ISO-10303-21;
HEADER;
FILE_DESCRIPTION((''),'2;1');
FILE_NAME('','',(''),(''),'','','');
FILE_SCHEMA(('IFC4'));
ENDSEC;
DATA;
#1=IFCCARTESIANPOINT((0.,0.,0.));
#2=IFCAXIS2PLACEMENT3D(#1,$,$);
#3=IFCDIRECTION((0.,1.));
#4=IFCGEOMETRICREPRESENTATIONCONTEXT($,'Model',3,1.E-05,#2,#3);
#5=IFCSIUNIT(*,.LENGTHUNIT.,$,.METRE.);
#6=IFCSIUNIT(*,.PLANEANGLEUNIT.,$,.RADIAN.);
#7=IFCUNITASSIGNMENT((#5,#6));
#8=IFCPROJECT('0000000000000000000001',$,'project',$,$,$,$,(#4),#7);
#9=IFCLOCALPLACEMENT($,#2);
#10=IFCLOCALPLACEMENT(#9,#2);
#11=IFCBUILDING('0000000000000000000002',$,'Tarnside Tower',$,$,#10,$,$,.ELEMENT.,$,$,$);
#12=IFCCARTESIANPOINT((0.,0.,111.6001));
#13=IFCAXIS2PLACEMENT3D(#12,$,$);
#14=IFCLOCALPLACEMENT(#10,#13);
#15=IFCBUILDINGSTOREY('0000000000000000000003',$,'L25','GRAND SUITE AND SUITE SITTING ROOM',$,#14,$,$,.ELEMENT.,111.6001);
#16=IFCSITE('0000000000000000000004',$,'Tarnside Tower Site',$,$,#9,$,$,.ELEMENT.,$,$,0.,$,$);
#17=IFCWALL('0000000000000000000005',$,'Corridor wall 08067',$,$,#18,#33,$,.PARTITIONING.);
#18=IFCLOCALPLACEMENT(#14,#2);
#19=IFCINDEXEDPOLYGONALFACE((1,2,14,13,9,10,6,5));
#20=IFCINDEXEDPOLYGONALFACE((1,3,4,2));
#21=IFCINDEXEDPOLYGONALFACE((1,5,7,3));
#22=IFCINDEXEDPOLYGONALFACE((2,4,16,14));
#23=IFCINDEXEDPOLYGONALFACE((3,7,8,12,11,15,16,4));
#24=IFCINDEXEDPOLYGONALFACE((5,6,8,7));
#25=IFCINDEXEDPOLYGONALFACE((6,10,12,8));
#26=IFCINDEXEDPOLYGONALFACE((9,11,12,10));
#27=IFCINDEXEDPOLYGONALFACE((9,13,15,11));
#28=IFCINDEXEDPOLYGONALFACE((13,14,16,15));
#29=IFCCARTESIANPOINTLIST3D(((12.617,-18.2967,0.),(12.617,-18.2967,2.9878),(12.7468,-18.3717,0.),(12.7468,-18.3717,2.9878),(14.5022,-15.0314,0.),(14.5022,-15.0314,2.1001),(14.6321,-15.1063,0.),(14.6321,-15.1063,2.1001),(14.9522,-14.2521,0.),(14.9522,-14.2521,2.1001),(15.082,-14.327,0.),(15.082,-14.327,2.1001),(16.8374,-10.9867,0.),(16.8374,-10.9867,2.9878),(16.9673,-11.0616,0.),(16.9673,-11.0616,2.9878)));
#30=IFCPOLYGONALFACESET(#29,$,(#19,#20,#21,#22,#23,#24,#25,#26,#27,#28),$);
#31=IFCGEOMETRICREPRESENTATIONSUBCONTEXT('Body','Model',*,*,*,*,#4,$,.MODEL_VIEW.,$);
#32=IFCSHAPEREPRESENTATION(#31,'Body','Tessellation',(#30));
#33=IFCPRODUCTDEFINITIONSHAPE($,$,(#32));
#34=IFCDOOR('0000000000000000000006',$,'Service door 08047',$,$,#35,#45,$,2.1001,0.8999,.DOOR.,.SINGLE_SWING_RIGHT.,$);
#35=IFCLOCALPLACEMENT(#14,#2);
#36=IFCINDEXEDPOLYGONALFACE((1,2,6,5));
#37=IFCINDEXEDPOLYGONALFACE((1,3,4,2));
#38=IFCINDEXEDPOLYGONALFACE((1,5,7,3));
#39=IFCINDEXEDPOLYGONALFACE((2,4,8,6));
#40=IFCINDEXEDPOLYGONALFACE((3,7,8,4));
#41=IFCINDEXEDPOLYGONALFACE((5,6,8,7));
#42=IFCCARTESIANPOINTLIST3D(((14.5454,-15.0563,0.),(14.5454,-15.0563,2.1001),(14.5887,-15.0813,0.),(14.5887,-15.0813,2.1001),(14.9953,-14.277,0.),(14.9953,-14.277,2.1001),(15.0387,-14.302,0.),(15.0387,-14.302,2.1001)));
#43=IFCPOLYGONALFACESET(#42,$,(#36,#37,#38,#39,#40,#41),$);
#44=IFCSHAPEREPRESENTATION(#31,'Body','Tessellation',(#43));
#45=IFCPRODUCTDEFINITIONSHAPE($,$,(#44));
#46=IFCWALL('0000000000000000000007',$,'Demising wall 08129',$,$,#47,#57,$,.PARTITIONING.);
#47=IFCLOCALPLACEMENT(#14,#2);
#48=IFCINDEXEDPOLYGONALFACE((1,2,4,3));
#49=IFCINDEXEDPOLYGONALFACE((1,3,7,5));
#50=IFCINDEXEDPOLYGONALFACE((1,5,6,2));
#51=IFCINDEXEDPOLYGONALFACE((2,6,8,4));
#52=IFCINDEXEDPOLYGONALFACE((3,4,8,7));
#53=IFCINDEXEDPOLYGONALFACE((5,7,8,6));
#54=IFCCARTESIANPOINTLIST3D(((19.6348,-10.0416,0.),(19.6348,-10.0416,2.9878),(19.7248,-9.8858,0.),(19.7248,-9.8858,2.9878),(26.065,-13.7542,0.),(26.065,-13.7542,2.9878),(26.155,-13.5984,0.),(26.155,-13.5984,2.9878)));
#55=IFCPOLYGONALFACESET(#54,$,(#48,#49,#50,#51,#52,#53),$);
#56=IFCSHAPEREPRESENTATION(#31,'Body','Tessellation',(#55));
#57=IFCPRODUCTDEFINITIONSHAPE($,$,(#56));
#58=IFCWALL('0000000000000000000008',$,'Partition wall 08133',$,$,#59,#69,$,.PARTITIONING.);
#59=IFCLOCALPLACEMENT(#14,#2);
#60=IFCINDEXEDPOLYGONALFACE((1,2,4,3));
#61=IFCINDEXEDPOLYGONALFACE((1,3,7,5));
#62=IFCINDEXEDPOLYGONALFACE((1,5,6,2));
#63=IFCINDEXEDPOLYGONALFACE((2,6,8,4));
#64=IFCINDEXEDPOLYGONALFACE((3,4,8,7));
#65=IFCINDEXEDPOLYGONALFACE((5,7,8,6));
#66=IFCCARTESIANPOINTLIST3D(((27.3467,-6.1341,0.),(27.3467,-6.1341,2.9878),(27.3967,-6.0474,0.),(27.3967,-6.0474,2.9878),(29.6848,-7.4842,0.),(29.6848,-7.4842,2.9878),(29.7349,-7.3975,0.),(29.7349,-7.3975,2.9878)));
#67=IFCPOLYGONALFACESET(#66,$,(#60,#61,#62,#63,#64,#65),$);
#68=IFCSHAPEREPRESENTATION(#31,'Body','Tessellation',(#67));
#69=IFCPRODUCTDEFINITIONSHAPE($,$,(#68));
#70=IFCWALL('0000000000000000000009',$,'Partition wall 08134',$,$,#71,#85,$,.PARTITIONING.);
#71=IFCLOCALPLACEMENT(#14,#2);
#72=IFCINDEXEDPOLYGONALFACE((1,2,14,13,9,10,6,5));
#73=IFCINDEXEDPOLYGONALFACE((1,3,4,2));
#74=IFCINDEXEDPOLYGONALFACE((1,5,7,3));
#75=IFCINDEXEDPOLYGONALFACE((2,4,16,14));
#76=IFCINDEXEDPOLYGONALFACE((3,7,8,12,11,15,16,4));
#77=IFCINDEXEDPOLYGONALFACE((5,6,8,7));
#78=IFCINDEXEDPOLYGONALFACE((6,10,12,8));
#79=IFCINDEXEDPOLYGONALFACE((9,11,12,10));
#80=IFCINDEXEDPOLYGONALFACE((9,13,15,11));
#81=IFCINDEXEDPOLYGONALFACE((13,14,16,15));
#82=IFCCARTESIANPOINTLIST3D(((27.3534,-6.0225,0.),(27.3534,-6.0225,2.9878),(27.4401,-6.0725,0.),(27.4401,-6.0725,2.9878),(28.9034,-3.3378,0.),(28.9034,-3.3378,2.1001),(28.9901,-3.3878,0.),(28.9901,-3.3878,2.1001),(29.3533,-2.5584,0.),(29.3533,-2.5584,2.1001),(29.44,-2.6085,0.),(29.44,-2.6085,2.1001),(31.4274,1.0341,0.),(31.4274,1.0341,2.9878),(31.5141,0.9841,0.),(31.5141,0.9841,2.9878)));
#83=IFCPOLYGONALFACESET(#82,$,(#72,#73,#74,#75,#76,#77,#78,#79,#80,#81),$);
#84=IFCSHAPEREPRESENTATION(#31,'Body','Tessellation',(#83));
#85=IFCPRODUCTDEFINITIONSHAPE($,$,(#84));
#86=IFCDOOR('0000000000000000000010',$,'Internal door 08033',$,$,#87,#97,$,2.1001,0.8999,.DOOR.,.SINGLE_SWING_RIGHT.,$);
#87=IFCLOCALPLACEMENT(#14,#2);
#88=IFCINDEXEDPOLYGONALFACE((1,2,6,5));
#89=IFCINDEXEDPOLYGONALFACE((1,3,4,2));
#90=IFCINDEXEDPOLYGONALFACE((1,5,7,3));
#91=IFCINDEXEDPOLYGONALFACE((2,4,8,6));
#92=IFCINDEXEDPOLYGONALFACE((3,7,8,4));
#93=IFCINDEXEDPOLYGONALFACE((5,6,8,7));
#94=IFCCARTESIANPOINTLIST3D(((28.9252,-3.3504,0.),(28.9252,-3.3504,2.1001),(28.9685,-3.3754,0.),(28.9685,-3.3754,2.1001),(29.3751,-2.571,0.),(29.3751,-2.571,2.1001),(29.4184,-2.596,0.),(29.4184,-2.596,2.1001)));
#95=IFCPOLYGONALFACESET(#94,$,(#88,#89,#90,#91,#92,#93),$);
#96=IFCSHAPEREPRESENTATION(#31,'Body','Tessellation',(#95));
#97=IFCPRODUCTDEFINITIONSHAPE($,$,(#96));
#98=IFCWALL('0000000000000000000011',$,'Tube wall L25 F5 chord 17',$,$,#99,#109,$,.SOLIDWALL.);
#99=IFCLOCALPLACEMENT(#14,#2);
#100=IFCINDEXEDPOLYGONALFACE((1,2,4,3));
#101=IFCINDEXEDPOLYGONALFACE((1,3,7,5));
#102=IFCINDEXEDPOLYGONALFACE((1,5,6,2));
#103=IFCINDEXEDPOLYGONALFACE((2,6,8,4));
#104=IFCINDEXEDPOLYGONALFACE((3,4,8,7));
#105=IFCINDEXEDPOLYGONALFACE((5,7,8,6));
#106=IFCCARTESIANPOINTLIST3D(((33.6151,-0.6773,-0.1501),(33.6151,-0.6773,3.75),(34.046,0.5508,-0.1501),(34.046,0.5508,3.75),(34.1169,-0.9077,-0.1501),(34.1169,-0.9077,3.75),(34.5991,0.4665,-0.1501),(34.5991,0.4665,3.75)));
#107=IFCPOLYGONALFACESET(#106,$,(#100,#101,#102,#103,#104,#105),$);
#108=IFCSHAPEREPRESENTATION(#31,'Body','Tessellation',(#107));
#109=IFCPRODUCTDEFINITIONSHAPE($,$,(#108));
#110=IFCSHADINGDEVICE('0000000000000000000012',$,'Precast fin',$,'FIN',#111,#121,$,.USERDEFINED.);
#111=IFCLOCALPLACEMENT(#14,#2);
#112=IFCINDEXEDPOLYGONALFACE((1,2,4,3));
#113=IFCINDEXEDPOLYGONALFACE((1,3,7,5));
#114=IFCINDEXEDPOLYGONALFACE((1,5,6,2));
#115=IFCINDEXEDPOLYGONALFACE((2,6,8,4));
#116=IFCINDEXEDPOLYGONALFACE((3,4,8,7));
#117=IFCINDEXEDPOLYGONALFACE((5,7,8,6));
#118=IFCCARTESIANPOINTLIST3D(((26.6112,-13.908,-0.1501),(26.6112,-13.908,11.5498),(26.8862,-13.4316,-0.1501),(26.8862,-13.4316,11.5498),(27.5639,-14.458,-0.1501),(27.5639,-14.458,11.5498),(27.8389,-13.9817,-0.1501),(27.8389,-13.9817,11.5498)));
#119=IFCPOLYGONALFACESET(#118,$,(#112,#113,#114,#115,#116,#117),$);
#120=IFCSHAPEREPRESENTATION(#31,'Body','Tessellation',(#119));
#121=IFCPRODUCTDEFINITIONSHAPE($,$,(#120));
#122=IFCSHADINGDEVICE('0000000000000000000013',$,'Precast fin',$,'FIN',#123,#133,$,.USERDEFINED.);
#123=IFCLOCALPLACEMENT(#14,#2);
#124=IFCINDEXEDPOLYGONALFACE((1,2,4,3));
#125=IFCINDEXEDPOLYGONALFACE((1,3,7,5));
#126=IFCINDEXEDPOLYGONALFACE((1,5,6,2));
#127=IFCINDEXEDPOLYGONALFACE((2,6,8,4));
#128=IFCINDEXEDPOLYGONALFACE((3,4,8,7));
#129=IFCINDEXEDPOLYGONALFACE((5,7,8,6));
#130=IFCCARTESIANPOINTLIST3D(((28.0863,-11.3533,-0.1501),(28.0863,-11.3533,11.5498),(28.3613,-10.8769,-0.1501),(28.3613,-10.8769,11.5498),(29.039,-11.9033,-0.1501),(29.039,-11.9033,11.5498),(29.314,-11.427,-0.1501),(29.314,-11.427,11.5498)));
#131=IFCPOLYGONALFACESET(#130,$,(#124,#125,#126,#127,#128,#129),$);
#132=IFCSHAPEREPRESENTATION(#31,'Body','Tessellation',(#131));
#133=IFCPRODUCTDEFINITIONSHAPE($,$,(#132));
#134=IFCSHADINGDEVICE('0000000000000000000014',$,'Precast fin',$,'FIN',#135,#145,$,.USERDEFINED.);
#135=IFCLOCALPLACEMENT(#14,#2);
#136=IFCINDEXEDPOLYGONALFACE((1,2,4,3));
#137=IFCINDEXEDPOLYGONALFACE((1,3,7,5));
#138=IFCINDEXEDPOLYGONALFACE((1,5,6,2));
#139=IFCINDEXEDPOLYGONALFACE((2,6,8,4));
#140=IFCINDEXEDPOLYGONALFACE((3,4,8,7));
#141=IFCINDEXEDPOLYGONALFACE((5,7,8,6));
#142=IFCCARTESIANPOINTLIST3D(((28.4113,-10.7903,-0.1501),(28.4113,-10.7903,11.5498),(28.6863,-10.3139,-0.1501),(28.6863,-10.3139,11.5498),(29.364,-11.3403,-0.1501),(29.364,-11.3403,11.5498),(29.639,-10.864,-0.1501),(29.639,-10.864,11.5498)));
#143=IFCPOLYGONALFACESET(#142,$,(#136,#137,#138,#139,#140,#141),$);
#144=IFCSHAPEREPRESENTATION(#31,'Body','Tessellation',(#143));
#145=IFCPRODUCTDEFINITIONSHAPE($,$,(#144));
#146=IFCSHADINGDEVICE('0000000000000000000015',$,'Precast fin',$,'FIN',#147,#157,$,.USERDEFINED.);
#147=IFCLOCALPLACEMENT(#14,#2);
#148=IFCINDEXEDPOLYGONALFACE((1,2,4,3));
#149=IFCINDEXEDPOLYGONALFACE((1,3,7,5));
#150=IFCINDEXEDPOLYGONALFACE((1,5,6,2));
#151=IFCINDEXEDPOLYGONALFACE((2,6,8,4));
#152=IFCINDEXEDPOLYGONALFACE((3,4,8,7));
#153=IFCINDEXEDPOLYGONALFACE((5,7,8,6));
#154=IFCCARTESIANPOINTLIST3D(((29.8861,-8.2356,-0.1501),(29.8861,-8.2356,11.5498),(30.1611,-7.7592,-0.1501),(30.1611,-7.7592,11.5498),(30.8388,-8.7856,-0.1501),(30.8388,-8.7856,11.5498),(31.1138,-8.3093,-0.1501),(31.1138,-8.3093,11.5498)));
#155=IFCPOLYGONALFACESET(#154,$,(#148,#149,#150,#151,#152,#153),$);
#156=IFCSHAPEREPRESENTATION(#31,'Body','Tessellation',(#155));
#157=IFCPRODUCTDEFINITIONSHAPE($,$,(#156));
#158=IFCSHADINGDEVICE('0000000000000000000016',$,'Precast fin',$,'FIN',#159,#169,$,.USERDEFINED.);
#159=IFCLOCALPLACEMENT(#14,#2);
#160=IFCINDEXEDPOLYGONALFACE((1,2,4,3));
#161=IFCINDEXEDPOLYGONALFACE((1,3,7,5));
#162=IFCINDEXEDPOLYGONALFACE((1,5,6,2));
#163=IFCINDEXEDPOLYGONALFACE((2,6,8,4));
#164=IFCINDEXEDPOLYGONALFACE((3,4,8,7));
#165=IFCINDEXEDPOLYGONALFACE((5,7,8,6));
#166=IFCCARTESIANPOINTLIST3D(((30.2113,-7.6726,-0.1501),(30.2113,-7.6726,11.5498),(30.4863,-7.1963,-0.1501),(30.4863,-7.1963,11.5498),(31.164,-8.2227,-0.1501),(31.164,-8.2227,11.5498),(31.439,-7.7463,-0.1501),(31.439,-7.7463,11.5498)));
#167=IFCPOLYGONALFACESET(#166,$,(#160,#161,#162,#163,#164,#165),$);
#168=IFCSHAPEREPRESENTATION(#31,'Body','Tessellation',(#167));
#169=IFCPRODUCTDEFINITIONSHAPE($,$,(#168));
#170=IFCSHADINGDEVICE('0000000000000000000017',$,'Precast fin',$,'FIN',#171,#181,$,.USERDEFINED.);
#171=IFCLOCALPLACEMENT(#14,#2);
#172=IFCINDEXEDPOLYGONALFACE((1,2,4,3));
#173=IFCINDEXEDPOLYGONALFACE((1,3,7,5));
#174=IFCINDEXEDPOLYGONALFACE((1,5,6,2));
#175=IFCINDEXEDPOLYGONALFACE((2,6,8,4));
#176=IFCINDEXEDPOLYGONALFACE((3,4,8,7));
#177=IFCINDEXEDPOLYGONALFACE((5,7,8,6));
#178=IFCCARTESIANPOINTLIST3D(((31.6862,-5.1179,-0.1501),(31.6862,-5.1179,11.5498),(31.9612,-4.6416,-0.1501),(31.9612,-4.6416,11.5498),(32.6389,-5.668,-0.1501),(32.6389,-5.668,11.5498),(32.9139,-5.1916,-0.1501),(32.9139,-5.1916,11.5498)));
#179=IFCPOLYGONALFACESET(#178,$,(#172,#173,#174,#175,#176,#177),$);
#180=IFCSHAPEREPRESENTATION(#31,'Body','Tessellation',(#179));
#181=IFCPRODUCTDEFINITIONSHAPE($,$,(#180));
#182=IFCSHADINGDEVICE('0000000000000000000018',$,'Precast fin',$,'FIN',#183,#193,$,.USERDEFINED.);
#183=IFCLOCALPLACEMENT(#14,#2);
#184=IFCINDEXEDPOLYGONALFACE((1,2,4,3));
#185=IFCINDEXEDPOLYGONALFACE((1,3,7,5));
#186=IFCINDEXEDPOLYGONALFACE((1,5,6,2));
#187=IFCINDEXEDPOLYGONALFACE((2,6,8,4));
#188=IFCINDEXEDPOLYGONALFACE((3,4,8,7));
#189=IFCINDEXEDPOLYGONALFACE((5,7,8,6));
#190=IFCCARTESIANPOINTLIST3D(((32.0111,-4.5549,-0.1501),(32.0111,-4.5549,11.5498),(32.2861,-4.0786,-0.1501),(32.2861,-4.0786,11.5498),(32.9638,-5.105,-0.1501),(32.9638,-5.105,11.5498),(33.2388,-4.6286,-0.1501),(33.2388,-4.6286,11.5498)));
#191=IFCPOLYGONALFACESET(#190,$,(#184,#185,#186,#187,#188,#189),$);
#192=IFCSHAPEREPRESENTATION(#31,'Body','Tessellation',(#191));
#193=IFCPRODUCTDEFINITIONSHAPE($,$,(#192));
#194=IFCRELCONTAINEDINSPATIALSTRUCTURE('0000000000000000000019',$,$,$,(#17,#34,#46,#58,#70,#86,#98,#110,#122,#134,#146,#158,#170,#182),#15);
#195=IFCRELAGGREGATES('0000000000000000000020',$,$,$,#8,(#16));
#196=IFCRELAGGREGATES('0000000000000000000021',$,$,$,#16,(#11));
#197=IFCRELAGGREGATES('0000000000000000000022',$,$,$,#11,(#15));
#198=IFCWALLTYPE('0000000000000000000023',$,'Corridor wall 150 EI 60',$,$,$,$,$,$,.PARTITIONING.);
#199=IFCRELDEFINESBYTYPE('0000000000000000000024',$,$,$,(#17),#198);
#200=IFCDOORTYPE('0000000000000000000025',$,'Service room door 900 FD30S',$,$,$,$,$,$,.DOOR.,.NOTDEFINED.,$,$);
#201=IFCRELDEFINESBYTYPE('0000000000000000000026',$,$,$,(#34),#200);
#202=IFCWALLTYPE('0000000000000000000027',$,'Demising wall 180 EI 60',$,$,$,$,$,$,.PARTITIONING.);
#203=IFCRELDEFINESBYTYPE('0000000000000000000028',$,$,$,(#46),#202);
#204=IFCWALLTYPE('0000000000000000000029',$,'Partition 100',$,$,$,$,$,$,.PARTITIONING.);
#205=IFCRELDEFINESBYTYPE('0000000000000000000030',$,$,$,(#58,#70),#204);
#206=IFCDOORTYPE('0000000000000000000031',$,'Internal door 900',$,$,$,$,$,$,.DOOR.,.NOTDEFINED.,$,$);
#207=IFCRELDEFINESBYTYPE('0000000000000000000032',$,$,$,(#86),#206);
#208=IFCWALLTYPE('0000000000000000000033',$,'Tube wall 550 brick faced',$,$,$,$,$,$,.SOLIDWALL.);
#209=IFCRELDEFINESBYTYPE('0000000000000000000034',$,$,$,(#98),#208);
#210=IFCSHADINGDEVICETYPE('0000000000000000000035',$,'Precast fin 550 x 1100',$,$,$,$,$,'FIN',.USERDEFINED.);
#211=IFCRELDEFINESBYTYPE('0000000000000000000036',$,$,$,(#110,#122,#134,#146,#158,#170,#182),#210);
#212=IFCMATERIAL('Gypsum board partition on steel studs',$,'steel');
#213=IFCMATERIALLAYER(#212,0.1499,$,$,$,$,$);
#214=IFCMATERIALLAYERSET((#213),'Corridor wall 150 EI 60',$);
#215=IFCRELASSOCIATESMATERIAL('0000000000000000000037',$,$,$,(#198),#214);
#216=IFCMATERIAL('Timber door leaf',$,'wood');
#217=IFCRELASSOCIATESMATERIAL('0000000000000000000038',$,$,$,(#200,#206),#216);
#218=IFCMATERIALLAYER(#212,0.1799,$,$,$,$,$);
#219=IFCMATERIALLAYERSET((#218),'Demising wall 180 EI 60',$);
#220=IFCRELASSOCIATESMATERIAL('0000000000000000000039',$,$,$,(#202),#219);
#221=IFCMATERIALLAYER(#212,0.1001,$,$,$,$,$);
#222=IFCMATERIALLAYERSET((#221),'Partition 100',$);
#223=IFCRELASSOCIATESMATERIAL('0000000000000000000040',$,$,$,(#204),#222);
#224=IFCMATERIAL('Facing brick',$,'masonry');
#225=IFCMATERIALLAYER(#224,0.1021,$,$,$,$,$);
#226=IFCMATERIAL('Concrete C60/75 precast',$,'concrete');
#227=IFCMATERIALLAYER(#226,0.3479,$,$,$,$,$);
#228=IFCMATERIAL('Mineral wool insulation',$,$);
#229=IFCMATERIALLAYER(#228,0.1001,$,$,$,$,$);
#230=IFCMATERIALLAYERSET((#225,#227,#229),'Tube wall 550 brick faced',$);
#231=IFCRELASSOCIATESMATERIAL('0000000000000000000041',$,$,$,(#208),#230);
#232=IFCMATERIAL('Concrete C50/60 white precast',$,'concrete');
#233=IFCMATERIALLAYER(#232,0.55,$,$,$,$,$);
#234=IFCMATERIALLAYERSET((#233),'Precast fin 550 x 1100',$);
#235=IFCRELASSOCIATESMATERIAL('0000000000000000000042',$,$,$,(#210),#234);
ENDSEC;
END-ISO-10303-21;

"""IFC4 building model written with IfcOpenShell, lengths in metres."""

from ifc_helpers import new_model, si_unit, direction, frame, frame_2d, origin, place, context, subcontext, project, spatial, polyline, rectangle, outline, extrude, material, layer, layer_set, type_object, element, fill, save


model = new_model("IFC4")

# Units and contexts
model_context = context("Model", 3, precision=1e-05, world=origin(), true_north=direction((0.0, 1.0)))
body_context = subcontext(model_context, "Body", "Model", "MODEL_VIEW")
ifc_project = project(units=[si_unit("LENGTHUNIT", "METRE"), si_unit("PLANEANGLEUNIT", "RADIAN")], contexts=[model_context])

# Site, building, storey
site_placement = place(None, origin())
site = spatial("IfcSite", under=ifc_project, at=site_placement, Name="Tarnside Tower Site", CompositionType="ELEMENT", RefElevation=0.0)
building_placement = place(site_placement, origin())
building = spatial("IfcBuilding", under=site, at=building_placement, Name="Tarnside Tower", CompositionType="ELEMENT")
storey_placement = place(building_placement, frame((0.0, 0.0, 111.6001)))
storey = spatial("IfcBuildingStorey", under=building, at=storey_placement, Name="L25", Description="GRAND SUITE AND SUITE SITTING ROOM", CompositionType="ELEMENT", Elevation=111.6001)

# Shared definitions
ifc_material_1 = material(Name="Gypsum board partition on steel studs", Category="steel")

# Shared definitions
ifc_material_2 = material(Name="Timber door leaf", Category="wood")

# Shared definitions
ifc_layer_1 = layer(ifc_material_1, 0.1499)
ifc_layer_set_1 = layer_set([ifc_layer_1], Name="Corridor wall 150 EI 60")
wall_type_1 = type_object("IfcWallType", Name="Corridor wall 150 EI 60", PredefinedType="PARTITIONING", material=ifc_layer_set_1)

# Wall, opening, door
wall_1_placement = place(storey_placement, frame((16.9023, -11.0242, 0.0), z_axis=(0.0, 0.0, 1.0), x_axis=(-0.5, -0.866026, 0.0)))
wall_1 = element("IfcWall", 1, at=wall_1_placement, inside=storey, type_object=wall_type_1, Name="Corridor wall 08067", PredefinedType="PARTITIONING", context=body_context, shape_type="SweptSolid", body=[
    extrude(rectangle(XDim=8.4409, YDim=0.1499, at=frame_2d((4.2205, 0.0))), origin(), (0.0, 0.0, 1.0), 2.9878),
])
opening_1_placement = place(wall_1_placement, frame((3.7705, 0.0, 0.0)))
opening_1 = element("IfcOpeningElement", 2, at=opening_1_placement, cuts=wall_1, PredefinedType="OPENING", context=body_context, shape_type="SweptSolid", body=[
    extrude(rectangle(XDim=0.8999, YDim=2.1001, at=frame_2d((0.45, 1.05))), frame((0.0, 0.085, 0.0), z_axis=(0.0, -1.0, 0.0), x_axis=(1.0, 0.0, 0.0)), (0.0, 0.0, 1.0), 0.1699),
])
door_type_1 = type_object("IfcDoorType", Name="Service room door 900 FD30S", OperationType="NOTDEFINED", PredefinedType="DOOR", material=ifc_material_2)
door_1_placement = place(opening_1_placement, origin())
door_1 = element("IfcDoor", 3, at=door_1_placement, inside=storey, type_object=door_type_1, Name="Service door 08047", OperationType="SINGLE_SWING_RIGHT", OverallHeight=2.1001, OverallWidth=0.8999, PredefinedType="DOOR", context=body_context, shape_type="SweptSolid", body=[
    extrude(rectangle(XDim=0.8999, YDim=2.1001, at=frame_2d((0.45, 1.05))), frame((0.0, 0.0249, 0.0), z_axis=(0.0, -1.0, 0.0), x_axis=(1.0, 0.0, 0.0)), (0.0, 0.0, 1.0), 0.05),
])
fill(opening_1, door_1)

# Walls
ifc_layer_2 = layer(ifc_material_1, 0.1799)
ifc_layer_set_2 = layer_set([ifc_layer_2], Name="Demising wall 180 EI 60")
wall_type_2 = type_object("IfcWallType", Name="Demising wall 180 EI 60", PredefinedType="PARTITIONING", material=ifc_layer_set_2)
wall_2_placement = place(storey_placement, frame((26.1099, -13.6763, 0.0), z_axis=(0.0, 0.0, 1.0), x_axis=(-0.866015, 0.500018, 0.0)))
element("IfcWall", 4, at=wall_2_placement, inside=storey, type_object=wall_type_2, Name="Demising wall 08129", PredefinedType="PARTITIONING", context=body_context, shape_type="SweptSolid", body=[
    extrude(rectangle(XDim=7.425, YDim=0.1799, at=frame_2d((3.7124, 0.0))), origin(), (0.0, 0.0, 1.0), 2.9878),
])
ifc_layer_3 = layer(ifc_material_1, 0.1001)
ifc_layer_set_3 = layer_set([ifc_layer_3], Name="Partition 100")
wall_type_3 = type_object("IfcWallType", Name="Partition 100", PredefinedType="PARTITIONING", material=ifc_layer_set_3)
wall_3_placement = place(storey_placement, frame((29.71, -7.4409, 0.0), z_axis=(0.0, 0.0, 1.0), x_axis=(-0.865997, 0.500049, 0.0)))
element("IfcWall", 5, at=wall_3_placement, inside=storey, type_object=wall_type_3, Name="Partition wall 08133", PredefinedType="PARTITIONING", context=body_context, shape_type="SweptSolid", body=[
    extrude(rectangle(XDim=2.7, YDim=0.1001, at=frame_2d((1.3501, 0.0))), origin(), (0.0, 0.0, 1.0), 2.9878),
])

# Wall, opening, door
wall_4_placement = place(storey_placement, frame((27.3967, -6.0476, 0.0), z_axis=(0.0, 0.0, 1.0), x_axis=(0.499984, 0.866035, 0.0)))
wall_4 = element("IfcWall", 6, at=wall_4_placement, inside=storey, type_object=wall_type_3, Name="Partition wall 08134", PredefinedType="PARTITIONING", context=body_context, shape_type="SweptSolid", body=[
    extrude(rectangle(XDim=8.1482, YDim=0.1001, at=frame_2d((4.0742, 0.0))), origin(), (0.0, 0.0, 1.0), 2.9878),
])
opening_2_placement = place(wall_4_placement, frame((3.1001, 0.0, 0.0)))
opening_2 = element("IfcOpeningElement", 7, at=opening_2_placement, cuts=wall_4, PredefinedType="OPENING", context=body_context, shape_type="SweptSolid", body=[
    extrude(rectangle(XDim=0.8999, YDim=2.1001, at=frame_2d((0.45, 1.05))), frame((0.0, 0.0601, 0.0), z_axis=(0.0, -1.0, 0.0), x_axis=(1.0, 0.0, 0.0)), (0.0, 0.0, 1.0), 0.1201),
])
door_type_2 = type_object("IfcDoorType", Name="Internal door 900", OperationType="NOTDEFINED", PredefinedType="DOOR", material=ifc_material_2)
door_2_placement = place(opening_2_placement, origin())
door_2 = element("IfcDoor", 8, at=door_2_placement, inside=storey, type_object=door_type_2, Name="Internal door 08033", OperationType="SINGLE_SWING_RIGHT", OverallHeight=2.1001, OverallWidth=0.8999, PredefinedType="DOOR", context=body_context, shape_type="SweptSolid", body=[
    extrude(rectangle(XDim=0.8999, YDim=2.1001, at=frame_2d((0.45, 1.05))), frame((0.0, 0.0249, 0.0), z_axis=(0.0, -1.0, 0.0), x_axis=(1.0, 0.0, 0.0)), (0.0, 0.0, 1.0), 0.05),
])
fill(opening_2, door_2)

# Wall
ifc_material_3 = material(Name="Facing brick", Category="masonry")
ifc_layer_4 = layer(ifc_material_3, 0.1021)
ifc_material_4 = material(Name="Concrete C60/75 precast", Category="concrete")
ifc_layer_5 = layer(ifc_material_4, 0.3479)
ifc_material_5 = material(Name="Mineral wool insulation")
ifc_layer_6 = layer(ifc_material_5, 0.1001)
ifc_layer_set_4 = layer_set([ifc_layer_4, ifc_layer_5, ifc_layer_6], Name="Tube wall 550 brick faced")
wall_type_4 = type_object("IfcWallType", Name="Tube wall 550 brick faced", PredefinedType="SOLIDWALL", material=ifc_layer_set_4)
wall_5_placement = place(storey_placement, frame((33.866, -0.7925, -0.1501), z_axis=(0.0, 0.0, 1.0), x_axis=(0.331115, 0.94359, 0.0)))
element("IfcWall", 9, at=wall_5_placement, inside=storey, type_object=wall_type_4, Name="Tube wall L25 F5 chord 17", PredefinedType="SOLIDWALL", context=body_context, shape_type="SweptSolid", body=[
    extrude(outline(polyline([(-0.0256, -0.2749), (1.4307, -0.2749), (1.3271, 0.2749), (0.0256, 0.2749), (-0.0256, -0.2749)])), origin(), (0.0, 0.0, 1.0), 3.9001),
])

# Shading devices
ifc_material_6 = material(Name="Concrete C50/60 white precast", Category="concrete")
ifc_layer_7 = layer(ifc_material_6, 0.55)
ifc_layer_set_5 = layer_set([ifc_layer_7], Name="Precast fin 550 x 1100")
shading_device_type_1 = type_object("IfcShadingDeviceType", Name="Precast fin 550 x 1100", ElementType="FIN", PredefinedType="USERDEFINED", material=ifc_layer_set_5)
for number, where, z_axis, x_axis, name in (
    (10, (26.7488, -13.6697, -0.1501), (-0.5, -0.866025, 0.0), (0.866025, -0.5, 0.0), "Precast fin"),
    (11, (28.2239, -11.115, -0.1501), (-0.5, -0.866025, 0.0), (0.866025, -0.5, 0.0), "Precast fin"),
    (12, (28.5488, -10.552, -0.1501), (-0.5, -0.866025, 0.0), (0.866025, -0.5, 0.0), "Precast fin"),
    (13, (30.0237, -7.9973, -0.1501), (-0.5, -0.866025, 0.0), (0.866025, -0.5, 0.0), "Precast fin"),
    (14, (30.3489, -7.4343, -0.1501), (-0.5, -0.866025, 0.0), (0.866025, -0.5, 0.0), "Precast fin"),
    (15, (31.8237, -4.8796, -0.1501), (-0.5, -0.866025, 0.0), (0.866025, -0.5, 0.0), "Precast fin"),
    (16, (32.1487, -4.3167, -0.1501), (-0.5, -0.866025, 0.0), (0.866025, -0.5, 0.0), "Precast fin"),
):
    element("IfcShadingDevice", number, at=place(storey_placement, frame(where, z_axis=z_axis, x_axis=x_axis)), inside=storey, type_object=shading_device_type_1, Name=name, ObjectType="FIN", PredefinedType="USERDEFINED", context=body_context, shape_type="SweptSolid", body=[
        extrude(outline(polyline([(0.0, 0.0), (1.1001, 0.0), (1.1001, 11.7), (0.0, 11.7), (0.0, 0.0)])), frame((0.0, 0.0, -0.2749)), (0.0, 0.0, 1.0), 0.55),
    ])

save(model, "model.ifc")
